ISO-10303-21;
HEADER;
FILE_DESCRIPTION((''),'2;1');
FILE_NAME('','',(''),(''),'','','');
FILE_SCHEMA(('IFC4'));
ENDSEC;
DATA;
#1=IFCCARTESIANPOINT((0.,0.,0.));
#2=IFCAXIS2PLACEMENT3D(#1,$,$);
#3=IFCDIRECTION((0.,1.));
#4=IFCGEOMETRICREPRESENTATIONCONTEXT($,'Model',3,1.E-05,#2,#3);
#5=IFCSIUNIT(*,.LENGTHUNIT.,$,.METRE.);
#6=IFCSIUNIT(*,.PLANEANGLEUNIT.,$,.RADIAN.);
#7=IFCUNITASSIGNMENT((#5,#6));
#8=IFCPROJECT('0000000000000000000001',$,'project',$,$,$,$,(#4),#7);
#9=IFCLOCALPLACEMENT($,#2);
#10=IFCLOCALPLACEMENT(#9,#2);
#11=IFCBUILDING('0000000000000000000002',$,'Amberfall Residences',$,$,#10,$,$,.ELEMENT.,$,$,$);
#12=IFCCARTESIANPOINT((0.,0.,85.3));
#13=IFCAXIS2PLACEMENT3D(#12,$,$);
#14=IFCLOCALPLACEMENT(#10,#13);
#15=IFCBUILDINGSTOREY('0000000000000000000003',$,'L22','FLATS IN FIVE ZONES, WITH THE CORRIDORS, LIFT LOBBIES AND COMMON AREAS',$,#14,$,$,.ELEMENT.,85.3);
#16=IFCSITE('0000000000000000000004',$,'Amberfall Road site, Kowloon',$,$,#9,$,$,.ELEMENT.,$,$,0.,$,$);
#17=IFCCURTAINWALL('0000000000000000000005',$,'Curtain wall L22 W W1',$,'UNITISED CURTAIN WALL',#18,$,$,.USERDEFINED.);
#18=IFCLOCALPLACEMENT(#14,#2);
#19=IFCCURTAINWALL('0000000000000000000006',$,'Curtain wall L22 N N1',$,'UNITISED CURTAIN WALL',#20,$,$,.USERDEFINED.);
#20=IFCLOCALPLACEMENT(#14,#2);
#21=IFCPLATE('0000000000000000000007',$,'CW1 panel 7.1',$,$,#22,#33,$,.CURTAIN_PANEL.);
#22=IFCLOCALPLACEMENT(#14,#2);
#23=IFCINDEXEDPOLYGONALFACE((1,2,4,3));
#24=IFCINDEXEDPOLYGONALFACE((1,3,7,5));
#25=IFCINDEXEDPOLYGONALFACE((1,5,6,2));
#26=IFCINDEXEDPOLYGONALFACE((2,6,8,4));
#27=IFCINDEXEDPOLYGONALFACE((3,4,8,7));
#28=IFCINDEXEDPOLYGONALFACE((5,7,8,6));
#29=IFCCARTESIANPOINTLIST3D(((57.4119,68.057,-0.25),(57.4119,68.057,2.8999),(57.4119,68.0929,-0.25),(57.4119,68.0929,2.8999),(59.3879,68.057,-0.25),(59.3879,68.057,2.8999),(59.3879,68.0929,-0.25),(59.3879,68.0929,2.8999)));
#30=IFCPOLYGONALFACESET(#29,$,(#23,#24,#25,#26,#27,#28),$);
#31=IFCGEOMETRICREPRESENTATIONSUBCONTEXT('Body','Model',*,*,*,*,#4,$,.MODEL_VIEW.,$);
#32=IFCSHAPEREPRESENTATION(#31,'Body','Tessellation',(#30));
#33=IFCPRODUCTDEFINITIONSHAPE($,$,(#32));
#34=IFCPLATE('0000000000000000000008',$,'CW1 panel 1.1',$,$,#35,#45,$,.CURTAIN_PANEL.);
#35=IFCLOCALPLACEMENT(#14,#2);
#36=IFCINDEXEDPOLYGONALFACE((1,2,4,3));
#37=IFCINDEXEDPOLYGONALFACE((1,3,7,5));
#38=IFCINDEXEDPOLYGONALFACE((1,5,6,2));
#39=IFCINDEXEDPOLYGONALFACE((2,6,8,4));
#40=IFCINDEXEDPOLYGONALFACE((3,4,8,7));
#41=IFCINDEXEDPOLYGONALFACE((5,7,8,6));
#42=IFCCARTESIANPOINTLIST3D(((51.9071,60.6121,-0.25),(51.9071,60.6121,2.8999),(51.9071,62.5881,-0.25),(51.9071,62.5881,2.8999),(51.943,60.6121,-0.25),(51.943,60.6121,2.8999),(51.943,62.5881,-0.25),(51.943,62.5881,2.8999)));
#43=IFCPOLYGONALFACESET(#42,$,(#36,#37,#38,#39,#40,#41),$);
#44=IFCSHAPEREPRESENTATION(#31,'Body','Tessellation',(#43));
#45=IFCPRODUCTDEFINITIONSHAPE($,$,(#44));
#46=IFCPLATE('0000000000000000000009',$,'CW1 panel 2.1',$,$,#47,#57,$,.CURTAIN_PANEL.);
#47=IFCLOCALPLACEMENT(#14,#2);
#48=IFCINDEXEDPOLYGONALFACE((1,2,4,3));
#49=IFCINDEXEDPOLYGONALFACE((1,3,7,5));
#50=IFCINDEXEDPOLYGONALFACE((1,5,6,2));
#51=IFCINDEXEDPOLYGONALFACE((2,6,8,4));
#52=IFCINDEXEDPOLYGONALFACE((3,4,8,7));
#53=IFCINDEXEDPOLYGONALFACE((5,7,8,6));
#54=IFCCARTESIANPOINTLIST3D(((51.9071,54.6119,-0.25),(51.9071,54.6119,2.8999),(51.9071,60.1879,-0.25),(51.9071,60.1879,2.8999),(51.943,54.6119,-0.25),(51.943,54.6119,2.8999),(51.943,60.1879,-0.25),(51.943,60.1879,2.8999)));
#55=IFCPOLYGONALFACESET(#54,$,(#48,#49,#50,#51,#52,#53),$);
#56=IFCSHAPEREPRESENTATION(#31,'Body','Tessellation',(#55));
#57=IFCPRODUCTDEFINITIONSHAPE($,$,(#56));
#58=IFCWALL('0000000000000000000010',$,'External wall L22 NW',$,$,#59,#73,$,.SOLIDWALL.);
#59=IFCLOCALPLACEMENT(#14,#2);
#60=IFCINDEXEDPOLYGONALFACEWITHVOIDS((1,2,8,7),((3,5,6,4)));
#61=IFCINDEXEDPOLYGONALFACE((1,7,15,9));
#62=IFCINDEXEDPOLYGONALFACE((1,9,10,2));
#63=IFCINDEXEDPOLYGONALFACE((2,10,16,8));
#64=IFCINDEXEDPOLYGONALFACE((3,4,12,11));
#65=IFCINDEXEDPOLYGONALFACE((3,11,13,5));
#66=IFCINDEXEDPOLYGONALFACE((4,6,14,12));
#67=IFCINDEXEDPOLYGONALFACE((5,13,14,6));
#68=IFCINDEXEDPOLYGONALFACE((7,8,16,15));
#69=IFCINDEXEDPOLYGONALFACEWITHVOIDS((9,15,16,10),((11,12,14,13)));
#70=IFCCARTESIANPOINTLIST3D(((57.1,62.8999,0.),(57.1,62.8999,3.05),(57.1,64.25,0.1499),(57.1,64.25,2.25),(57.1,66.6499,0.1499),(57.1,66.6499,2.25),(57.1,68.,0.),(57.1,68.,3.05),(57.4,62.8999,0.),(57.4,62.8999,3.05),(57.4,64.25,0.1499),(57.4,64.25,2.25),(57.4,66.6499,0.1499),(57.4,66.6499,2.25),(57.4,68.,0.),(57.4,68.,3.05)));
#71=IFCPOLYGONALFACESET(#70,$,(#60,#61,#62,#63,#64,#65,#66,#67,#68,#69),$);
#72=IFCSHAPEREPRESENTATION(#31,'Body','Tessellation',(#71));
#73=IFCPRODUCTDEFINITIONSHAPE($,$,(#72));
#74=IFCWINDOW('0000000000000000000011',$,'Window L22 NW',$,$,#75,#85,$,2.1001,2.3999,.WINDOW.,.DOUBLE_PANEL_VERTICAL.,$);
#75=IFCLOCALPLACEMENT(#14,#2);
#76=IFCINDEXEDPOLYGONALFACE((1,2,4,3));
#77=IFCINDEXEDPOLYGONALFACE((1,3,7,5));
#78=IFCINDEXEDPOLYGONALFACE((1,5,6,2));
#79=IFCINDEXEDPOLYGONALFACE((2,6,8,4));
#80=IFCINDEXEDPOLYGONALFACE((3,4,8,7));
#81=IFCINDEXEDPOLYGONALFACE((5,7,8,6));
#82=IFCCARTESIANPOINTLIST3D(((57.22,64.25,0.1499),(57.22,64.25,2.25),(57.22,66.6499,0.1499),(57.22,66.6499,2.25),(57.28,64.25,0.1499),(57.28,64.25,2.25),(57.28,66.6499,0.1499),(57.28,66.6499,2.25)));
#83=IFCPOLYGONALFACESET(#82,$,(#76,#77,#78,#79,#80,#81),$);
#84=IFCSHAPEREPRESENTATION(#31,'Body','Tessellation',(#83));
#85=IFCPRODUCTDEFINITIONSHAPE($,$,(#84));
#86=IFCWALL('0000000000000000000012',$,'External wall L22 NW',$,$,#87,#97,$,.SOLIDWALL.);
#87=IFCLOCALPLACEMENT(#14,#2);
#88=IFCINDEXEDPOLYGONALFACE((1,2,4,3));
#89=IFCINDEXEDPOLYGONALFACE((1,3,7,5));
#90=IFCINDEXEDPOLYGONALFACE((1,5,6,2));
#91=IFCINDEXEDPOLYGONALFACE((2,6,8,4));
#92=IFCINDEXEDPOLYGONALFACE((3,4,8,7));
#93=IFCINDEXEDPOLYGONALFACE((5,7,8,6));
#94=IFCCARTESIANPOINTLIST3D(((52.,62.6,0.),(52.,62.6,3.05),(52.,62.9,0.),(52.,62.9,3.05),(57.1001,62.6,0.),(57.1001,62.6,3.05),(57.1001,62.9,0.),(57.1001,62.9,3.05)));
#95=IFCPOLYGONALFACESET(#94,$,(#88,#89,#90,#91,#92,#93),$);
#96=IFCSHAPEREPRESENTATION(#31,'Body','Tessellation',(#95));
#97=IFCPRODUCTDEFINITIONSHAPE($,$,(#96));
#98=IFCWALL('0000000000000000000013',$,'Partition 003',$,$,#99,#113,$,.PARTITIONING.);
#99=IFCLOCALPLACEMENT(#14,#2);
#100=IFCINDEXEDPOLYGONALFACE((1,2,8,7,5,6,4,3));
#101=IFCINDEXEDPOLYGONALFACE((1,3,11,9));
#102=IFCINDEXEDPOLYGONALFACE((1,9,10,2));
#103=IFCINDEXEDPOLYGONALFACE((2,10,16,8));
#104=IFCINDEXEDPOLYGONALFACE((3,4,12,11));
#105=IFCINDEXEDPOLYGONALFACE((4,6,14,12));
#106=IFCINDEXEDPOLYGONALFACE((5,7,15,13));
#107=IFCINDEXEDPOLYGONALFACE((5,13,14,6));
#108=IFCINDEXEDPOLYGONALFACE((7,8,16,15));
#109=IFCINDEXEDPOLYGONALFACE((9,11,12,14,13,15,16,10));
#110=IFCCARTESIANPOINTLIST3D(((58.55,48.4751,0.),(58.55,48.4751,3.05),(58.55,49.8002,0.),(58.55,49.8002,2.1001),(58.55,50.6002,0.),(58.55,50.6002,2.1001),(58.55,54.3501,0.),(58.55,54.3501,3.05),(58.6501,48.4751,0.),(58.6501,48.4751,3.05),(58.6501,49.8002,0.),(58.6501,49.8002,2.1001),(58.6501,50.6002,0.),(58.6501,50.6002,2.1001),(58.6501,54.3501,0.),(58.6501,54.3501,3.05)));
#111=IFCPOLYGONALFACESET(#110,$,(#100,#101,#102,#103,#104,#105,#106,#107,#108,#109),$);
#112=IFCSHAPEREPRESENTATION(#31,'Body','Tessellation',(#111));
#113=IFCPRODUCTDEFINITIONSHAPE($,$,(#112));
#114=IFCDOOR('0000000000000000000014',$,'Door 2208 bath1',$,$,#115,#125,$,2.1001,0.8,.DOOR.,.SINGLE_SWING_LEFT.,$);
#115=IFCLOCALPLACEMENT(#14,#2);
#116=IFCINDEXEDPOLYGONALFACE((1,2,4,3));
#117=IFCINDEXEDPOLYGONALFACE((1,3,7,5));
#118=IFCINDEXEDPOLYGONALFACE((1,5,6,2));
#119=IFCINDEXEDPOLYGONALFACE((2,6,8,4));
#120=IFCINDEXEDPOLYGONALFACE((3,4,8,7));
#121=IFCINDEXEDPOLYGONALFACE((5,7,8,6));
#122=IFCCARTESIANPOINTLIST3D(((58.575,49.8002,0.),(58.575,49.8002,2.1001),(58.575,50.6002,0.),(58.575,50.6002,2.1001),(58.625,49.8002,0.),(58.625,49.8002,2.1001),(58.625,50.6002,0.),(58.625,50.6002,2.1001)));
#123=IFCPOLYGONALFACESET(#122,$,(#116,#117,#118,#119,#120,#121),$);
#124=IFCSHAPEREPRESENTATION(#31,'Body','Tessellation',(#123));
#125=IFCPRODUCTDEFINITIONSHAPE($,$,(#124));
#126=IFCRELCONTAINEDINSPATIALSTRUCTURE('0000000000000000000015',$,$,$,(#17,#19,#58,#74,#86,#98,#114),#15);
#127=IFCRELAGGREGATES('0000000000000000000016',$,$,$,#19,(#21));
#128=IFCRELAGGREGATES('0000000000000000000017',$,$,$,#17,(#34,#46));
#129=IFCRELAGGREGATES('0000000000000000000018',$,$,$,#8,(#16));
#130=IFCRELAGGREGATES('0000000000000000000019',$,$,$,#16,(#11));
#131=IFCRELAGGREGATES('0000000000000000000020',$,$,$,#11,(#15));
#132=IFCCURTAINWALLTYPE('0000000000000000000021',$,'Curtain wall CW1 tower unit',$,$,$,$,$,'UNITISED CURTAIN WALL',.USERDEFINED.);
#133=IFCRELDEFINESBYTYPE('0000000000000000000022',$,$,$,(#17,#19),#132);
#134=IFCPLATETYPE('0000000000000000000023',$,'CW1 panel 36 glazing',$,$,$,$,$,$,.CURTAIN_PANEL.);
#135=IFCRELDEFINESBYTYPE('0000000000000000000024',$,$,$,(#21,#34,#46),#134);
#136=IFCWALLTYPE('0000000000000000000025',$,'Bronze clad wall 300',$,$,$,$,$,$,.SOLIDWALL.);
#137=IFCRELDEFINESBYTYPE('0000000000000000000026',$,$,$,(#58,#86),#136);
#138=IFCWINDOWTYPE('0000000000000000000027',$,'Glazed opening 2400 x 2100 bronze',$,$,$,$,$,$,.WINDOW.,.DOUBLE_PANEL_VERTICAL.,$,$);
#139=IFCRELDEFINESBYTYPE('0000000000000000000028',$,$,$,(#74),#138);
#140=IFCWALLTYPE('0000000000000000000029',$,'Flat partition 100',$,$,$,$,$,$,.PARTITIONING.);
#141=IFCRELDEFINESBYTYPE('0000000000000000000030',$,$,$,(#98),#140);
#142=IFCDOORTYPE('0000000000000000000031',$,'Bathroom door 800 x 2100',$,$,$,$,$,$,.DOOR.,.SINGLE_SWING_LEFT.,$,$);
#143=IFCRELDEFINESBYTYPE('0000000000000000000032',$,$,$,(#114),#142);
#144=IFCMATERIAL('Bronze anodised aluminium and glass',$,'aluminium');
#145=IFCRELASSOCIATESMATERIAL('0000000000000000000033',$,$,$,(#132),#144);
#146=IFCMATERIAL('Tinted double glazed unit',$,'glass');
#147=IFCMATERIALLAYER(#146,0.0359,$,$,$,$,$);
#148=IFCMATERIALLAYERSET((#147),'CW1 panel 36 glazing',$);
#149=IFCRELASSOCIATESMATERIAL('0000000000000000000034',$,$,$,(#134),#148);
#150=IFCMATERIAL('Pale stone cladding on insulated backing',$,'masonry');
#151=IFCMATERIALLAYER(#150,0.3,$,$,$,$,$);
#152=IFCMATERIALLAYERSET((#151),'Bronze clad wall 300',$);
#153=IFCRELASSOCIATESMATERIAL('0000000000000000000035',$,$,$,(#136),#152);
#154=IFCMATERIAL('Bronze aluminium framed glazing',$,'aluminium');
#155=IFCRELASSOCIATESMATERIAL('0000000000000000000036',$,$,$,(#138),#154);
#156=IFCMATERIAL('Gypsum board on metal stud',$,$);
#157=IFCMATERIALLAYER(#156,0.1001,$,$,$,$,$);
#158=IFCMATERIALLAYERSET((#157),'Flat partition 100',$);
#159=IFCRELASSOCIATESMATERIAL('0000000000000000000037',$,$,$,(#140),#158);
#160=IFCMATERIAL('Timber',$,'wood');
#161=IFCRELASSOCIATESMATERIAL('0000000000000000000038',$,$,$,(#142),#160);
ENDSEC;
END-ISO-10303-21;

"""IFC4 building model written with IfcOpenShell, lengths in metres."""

from ifc_helpers import new_model, si_unit, direction, frame, frame_2d, origin, origin_2d, place, context, subcontext, project, spatial, rectangle, extrude, material, layer, layer_set, type_object, element, fill, aggregate, save


model = new_model("IFC4")

# Units and contexts
model_context = context("Model", 3, precision=1e-05, world=origin(), true_north=direction((0.0, 1.0)))
body_context = subcontext(model_context, "Body", "Model", "MODEL_VIEW")
ifc_project = project(units=[si_unit("LENGTHUNIT", "METRE"), si_unit("PLANEANGLEUNIT", "RADIAN")], contexts=[model_context])

# Site, building, storey
site_placement = place(None, origin())
site = spatial("IfcSite", under=ifc_project, at=site_placement, Name="Amberfall Road site, Kowloon", CompositionType="ELEMENT", RefElevation=0.0)
building_placement = place(site_placement, origin())
building = spatial("IfcBuilding", under=site, at=building_placement, Name="Amberfall Residences", CompositionType="ELEMENT")
storey_placement = place(building_placement, frame((0.0, 0.0, 85.3)))
storey = spatial("IfcBuildingStorey", under=building, at=storey_placement, Name="L22", Description="FLATS IN FIVE ZONES, WITH THE CORRIDORS, LIFT LOBBIES AND COMMON AREAS", CompositionType="ELEMENT", Elevation=85.3)

# Curtain wall
ifc_material_1 = material(Name="Bronze anodised aluminium and glass", Category="aluminium")
curtain_wall_type = type_object("IfcCurtainWallType", Name="Curtain wall CW1 tower unit", ElementType="UNITISED CURTAIN WALL", PredefinedType="USERDEFINED", material=ifc_material_1)
curtain_wall_1_placement = place(storey_placement, origin())
curtain_wall_1 = element("IfcCurtainWall", 1, at=curtain_wall_1_placement, inside=storey, type_object=curtain_wall_type, Name="Curtain wall L22 W W1", ObjectType="UNITISED CURTAIN WALL", PredefinedType="USERDEFINED")

# Curtain wall
curtain_wall_2_placement = place(storey_placement, origin())
curtain_wall_2 = element("IfcCurtainWall", 2, at=curtain_wall_2_placement, inside=storey, type_object=curtain_wall_type, Name="Curtain wall L22 N N1", ObjectType="UNITISED CURTAIN WALL", PredefinedType="USERDEFINED")

# Plates
ifc_material_2 = material(Name="Tinted double glazed unit", Category="glass")
ifc_layer_1 = layer(ifc_material_2, 0.0359)
ifc_layer_set_1 = layer_set([ifc_layer_1], Name="CW1 panel 36 glazing")
plate_type = type_object("IfcPlateType", Name="CW1 panel 36 glazing", PredefinedType="CURTAIN_PANEL", material=ifc_layer_set_1)
plate_1_placement = place(storey_placement, frame((58.3999, 68.075, -0.25), z_axis=(0.0, 0.0, 1.0), x_axis=(-1.0, 0.0, 0.0)))
plate_1 = element("IfcPlate", 3, at=plate_1_placement, type_object=plate_type, Name="CW1 panel 7.1", PredefinedType="CURTAIN_PANEL", context=body_context, shape_type="SweptSolid", body=[
    extrude(rectangle(XDim=1.9761, YDim=0.0359, at=origin_2d()), origin(), (0.0, 0.0, 1.0), 3.1499),
])
aggregate(curtain_wall_2, [plate_1])
plate_2_placement = place(storey_placement, frame((51.925, 61.6001, -0.25), z_axis=(0.0, 0.0, 1.0), x_axis=(0.0, -1.0, 0.0)))
plate_2 = element("IfcPlate", 4, at=plate_2_placement, type_object=plate_type, Name="CW1 panel 1.1", PredefinedType="CURTAIN_PANEL", context=body_context, shape_type="SweptSolid", body=[
    extrude(rectangle(XDim=1.9761, YDim=0.0359, at=origin_2d()), origin(), (0.0, 0.0, 1.0), 3.1499),
])
plate_3_placement = place(storey_placement, frame((51.925, 57.3999, -0.25), z_axis=(0.0, 0.0, 1.0), x_axis=(0.0, -1.0, 0.0)))
plate_3 = element("IfcPlate", 5, at=plate_3_placement, type_object=plate_type, Name="CW1 panel 2.1", PredefinedType="CURTAIN_PANEL", context=body_context, shape_type="SweptSolid", body=[
    extrude(rectangle(XDim=5.5759, YDim=0.0359, at=origin_2d()), origin(), (0.0, 0.0, 1.0), 3.1499),
])
aggregate(curtain_wall_1, [plate_2, plate_3])

# Wall, opening, window
ifc_material_3 = material(Name="Pale stone cladding on insulated backing", Category="masonry")
ifc_layer_2 = layer(ifc_material_3, 0.3)
ifc_layer_set_2 = layer_set([ifc_layer_2], Name="Bronze clad wall 300")
wall_type_1 = type_object("IfcWallType", Name="Bronze clad wall 300", PredefinedType="SOLIDWALL", material=ifc_layer_set_2)
wall_1_placement = place(storey_placement, frame((57.25, 68.0, 0.0), z_axis=(0.0, 0.0, 1.0), x_axis=(0.0, -1.0, 0.0)))
wall_1 = element("IfcWall", 6, at=wall_1_placement, inside=storey, type_object=wall_type_1, Name="External wall L22 NW", PredefinedType="SOLIDWALL", context=body_context, shape_type="SweptSolid", body=[
    extrude(rectangle(XDim=5.1001, YDim=0.3, at=frame_2d((2.55, 0.0))), origin(), (0.0, 0.0, 1.0), 3.05),
])
opening_1_placement = place(wall_1_placement, frame((1.3501, 0.0, 0.1499)))
opening_1 = element("IfcOpeningElement", 7, at=opening_1_placement, cuts=wall_1, PredefinedType="OPENING", context=body_context, shape_type="SweptSolid", body=[
    extrude(rectangle(XDim=2.3999, YDim=2.1001, at=frame_2d((1.2, 1.05))), frame((0.0, 0.1599, 0.0), z_axis=(0.0, -1.0, 0.0), x_axis=(1.0, 0.0, 0.0)), (0.0, 0.0, 1.0), 0.3201),
])
ifc_material_4 = material(Name="Bronze aluminium framed glazing", Category="aluminium")
window_type = type_object("IfcWindowType", Name="Glazed opening 2400 x 2100 bronze", PartitioningType="DOUBLE_PANEL_VERTICAL", PredefinedType="WINDOW", material=ifc_material_4)
window_placement = place(opening_1_placement, origin())
window = element("IfcWindow", 8, at=window_placement, inside=storey, type_object=window_type, Name="Window L22 NW", OverallHeight=2.1001, OverallWidth=2.3999, PartitioningType="DOUBLE_PANEL_VERTICAL", PredefinedType="WINDOW", context=body_context, shape_type="SweptSolid", body=[
    extrude(rectangle(XDim=2.3999, YDim=2.1001, at=frame_2d((1.2, 1.05))), frame((0.0, 0.03, 0.0), z_axis=(0.0, -1.0, 0.0), x_axis=(1.0, 0.0, 0.0)), (0.0, 0.0, 1.0), 0.0601),
])
fill(opening_1, window)

# Wall
wall_2_placement = place(storey_placement, frame((57.1001, 62.75, 0.0), z_axis=(0.0, 0.0, 1.0), x_axis=(-1.0, 0.0, 0.0)))
element("IfcWall", 9, at=wall_2_placement, inside=storey, type_object=wall_type_1, Name="External wall L22 NW", PredefinedType="SOLIDWALL", context=body_context, shape_type="SweptSolid", body=[
    extrude(rectangle(XDim=5.1001, YDim=0.3, at=frame_2d((2.55, 0.0))), origin(), (0.0, 0.0, 1.0), 3.05),
])

# Wall, opening, door
ifc_material_5 = material(Name="Gypsum board on metal stud")
ifc_layer_3 = layer(ifc_material_5, 0.1001)
ifc_layer_set_3 = layer_set([ifc_layer_3], Name="Flat partition 100")
wall_type_2 = type_object("IfcWallType", Name="Flat partition 100", PredefinedType="PARTITIONING", material=ifc_layer_set_3)
wall_3_placement = place(storey_placement, frame((58.6001, 54.3501, 0.0), z_axis=(0.0, 0.0, 1.0), x_axis=(0.0, -1.0, 0.0)))
wall_3 = element("IfcWall", 10, at=wall_3_placement, inside=storey, type_object=wall_type_2, Name="Partition 003", PredefinedType="PARTITIONING", context=body_context, shape_type="SweptSolid", body=[
    extrude(rectangle(XDim=5.875, YDim=0.1001, at=frame_2d((2.9375, 0.0))), origin(), (0.0, 0.0, 1.0), 3.05),
])
opening_2_placement = place(wall_3_placement, frame((3.75, 0.0, 0.0)))
opening_2 = element("IfcOpeningElement", 11, at=opening_2_placement, cuts=wall_3, PredefinedType="OPENING", context=body_context, shape_type="SweptSolid", body=[
    extrude(rectangle(XDim=0.8, YDim=2.1001, at=frame_2d((0.3999, 1.05))), frame((0.0, 0.0601, 0.0), z_axis=(0.0, -1.0, 0.0), x_axis=(1.0, 0.0, 0.0)), (0.0, 0.0, 1.0), 0.1201),
])
ifc_material_6 = material(Name="Timber", Category="wood")
door_type = type_object("IfcDoorType", Name="Bathroom door 800 x 2100", OperationType="SINGLE_SWING_LEFT", PredefinedType="DOOR", material=ifc_material_6)
door_placement = place(opening_2_placement, origin())
door = element("IfcDoor", 12, at=door_placement, inside=storey, type_object=door_type, Name="Door 2208 bath1", OperationType="SINGLE_SWING_LEFT", OverallHeight=2.1001, OverallWidth=0.8, PredefinedType="DOOR", context=body_context, shape_type="SweptSolid", body=[
    extrude(rectangle(XDim=0.8, YDim=2.1001, at=frame_2d((0.3999, 1.05))), frame((0.0, 0.0249, 0.0), z_axis=(0.0, -1.0, 0.0), x_axis=(1.0, 0.0, 0.0)), (0.0, 0.0, 1.0), 0.05),
])
fill(opening_2, door)

save(model, "model.ifc")
